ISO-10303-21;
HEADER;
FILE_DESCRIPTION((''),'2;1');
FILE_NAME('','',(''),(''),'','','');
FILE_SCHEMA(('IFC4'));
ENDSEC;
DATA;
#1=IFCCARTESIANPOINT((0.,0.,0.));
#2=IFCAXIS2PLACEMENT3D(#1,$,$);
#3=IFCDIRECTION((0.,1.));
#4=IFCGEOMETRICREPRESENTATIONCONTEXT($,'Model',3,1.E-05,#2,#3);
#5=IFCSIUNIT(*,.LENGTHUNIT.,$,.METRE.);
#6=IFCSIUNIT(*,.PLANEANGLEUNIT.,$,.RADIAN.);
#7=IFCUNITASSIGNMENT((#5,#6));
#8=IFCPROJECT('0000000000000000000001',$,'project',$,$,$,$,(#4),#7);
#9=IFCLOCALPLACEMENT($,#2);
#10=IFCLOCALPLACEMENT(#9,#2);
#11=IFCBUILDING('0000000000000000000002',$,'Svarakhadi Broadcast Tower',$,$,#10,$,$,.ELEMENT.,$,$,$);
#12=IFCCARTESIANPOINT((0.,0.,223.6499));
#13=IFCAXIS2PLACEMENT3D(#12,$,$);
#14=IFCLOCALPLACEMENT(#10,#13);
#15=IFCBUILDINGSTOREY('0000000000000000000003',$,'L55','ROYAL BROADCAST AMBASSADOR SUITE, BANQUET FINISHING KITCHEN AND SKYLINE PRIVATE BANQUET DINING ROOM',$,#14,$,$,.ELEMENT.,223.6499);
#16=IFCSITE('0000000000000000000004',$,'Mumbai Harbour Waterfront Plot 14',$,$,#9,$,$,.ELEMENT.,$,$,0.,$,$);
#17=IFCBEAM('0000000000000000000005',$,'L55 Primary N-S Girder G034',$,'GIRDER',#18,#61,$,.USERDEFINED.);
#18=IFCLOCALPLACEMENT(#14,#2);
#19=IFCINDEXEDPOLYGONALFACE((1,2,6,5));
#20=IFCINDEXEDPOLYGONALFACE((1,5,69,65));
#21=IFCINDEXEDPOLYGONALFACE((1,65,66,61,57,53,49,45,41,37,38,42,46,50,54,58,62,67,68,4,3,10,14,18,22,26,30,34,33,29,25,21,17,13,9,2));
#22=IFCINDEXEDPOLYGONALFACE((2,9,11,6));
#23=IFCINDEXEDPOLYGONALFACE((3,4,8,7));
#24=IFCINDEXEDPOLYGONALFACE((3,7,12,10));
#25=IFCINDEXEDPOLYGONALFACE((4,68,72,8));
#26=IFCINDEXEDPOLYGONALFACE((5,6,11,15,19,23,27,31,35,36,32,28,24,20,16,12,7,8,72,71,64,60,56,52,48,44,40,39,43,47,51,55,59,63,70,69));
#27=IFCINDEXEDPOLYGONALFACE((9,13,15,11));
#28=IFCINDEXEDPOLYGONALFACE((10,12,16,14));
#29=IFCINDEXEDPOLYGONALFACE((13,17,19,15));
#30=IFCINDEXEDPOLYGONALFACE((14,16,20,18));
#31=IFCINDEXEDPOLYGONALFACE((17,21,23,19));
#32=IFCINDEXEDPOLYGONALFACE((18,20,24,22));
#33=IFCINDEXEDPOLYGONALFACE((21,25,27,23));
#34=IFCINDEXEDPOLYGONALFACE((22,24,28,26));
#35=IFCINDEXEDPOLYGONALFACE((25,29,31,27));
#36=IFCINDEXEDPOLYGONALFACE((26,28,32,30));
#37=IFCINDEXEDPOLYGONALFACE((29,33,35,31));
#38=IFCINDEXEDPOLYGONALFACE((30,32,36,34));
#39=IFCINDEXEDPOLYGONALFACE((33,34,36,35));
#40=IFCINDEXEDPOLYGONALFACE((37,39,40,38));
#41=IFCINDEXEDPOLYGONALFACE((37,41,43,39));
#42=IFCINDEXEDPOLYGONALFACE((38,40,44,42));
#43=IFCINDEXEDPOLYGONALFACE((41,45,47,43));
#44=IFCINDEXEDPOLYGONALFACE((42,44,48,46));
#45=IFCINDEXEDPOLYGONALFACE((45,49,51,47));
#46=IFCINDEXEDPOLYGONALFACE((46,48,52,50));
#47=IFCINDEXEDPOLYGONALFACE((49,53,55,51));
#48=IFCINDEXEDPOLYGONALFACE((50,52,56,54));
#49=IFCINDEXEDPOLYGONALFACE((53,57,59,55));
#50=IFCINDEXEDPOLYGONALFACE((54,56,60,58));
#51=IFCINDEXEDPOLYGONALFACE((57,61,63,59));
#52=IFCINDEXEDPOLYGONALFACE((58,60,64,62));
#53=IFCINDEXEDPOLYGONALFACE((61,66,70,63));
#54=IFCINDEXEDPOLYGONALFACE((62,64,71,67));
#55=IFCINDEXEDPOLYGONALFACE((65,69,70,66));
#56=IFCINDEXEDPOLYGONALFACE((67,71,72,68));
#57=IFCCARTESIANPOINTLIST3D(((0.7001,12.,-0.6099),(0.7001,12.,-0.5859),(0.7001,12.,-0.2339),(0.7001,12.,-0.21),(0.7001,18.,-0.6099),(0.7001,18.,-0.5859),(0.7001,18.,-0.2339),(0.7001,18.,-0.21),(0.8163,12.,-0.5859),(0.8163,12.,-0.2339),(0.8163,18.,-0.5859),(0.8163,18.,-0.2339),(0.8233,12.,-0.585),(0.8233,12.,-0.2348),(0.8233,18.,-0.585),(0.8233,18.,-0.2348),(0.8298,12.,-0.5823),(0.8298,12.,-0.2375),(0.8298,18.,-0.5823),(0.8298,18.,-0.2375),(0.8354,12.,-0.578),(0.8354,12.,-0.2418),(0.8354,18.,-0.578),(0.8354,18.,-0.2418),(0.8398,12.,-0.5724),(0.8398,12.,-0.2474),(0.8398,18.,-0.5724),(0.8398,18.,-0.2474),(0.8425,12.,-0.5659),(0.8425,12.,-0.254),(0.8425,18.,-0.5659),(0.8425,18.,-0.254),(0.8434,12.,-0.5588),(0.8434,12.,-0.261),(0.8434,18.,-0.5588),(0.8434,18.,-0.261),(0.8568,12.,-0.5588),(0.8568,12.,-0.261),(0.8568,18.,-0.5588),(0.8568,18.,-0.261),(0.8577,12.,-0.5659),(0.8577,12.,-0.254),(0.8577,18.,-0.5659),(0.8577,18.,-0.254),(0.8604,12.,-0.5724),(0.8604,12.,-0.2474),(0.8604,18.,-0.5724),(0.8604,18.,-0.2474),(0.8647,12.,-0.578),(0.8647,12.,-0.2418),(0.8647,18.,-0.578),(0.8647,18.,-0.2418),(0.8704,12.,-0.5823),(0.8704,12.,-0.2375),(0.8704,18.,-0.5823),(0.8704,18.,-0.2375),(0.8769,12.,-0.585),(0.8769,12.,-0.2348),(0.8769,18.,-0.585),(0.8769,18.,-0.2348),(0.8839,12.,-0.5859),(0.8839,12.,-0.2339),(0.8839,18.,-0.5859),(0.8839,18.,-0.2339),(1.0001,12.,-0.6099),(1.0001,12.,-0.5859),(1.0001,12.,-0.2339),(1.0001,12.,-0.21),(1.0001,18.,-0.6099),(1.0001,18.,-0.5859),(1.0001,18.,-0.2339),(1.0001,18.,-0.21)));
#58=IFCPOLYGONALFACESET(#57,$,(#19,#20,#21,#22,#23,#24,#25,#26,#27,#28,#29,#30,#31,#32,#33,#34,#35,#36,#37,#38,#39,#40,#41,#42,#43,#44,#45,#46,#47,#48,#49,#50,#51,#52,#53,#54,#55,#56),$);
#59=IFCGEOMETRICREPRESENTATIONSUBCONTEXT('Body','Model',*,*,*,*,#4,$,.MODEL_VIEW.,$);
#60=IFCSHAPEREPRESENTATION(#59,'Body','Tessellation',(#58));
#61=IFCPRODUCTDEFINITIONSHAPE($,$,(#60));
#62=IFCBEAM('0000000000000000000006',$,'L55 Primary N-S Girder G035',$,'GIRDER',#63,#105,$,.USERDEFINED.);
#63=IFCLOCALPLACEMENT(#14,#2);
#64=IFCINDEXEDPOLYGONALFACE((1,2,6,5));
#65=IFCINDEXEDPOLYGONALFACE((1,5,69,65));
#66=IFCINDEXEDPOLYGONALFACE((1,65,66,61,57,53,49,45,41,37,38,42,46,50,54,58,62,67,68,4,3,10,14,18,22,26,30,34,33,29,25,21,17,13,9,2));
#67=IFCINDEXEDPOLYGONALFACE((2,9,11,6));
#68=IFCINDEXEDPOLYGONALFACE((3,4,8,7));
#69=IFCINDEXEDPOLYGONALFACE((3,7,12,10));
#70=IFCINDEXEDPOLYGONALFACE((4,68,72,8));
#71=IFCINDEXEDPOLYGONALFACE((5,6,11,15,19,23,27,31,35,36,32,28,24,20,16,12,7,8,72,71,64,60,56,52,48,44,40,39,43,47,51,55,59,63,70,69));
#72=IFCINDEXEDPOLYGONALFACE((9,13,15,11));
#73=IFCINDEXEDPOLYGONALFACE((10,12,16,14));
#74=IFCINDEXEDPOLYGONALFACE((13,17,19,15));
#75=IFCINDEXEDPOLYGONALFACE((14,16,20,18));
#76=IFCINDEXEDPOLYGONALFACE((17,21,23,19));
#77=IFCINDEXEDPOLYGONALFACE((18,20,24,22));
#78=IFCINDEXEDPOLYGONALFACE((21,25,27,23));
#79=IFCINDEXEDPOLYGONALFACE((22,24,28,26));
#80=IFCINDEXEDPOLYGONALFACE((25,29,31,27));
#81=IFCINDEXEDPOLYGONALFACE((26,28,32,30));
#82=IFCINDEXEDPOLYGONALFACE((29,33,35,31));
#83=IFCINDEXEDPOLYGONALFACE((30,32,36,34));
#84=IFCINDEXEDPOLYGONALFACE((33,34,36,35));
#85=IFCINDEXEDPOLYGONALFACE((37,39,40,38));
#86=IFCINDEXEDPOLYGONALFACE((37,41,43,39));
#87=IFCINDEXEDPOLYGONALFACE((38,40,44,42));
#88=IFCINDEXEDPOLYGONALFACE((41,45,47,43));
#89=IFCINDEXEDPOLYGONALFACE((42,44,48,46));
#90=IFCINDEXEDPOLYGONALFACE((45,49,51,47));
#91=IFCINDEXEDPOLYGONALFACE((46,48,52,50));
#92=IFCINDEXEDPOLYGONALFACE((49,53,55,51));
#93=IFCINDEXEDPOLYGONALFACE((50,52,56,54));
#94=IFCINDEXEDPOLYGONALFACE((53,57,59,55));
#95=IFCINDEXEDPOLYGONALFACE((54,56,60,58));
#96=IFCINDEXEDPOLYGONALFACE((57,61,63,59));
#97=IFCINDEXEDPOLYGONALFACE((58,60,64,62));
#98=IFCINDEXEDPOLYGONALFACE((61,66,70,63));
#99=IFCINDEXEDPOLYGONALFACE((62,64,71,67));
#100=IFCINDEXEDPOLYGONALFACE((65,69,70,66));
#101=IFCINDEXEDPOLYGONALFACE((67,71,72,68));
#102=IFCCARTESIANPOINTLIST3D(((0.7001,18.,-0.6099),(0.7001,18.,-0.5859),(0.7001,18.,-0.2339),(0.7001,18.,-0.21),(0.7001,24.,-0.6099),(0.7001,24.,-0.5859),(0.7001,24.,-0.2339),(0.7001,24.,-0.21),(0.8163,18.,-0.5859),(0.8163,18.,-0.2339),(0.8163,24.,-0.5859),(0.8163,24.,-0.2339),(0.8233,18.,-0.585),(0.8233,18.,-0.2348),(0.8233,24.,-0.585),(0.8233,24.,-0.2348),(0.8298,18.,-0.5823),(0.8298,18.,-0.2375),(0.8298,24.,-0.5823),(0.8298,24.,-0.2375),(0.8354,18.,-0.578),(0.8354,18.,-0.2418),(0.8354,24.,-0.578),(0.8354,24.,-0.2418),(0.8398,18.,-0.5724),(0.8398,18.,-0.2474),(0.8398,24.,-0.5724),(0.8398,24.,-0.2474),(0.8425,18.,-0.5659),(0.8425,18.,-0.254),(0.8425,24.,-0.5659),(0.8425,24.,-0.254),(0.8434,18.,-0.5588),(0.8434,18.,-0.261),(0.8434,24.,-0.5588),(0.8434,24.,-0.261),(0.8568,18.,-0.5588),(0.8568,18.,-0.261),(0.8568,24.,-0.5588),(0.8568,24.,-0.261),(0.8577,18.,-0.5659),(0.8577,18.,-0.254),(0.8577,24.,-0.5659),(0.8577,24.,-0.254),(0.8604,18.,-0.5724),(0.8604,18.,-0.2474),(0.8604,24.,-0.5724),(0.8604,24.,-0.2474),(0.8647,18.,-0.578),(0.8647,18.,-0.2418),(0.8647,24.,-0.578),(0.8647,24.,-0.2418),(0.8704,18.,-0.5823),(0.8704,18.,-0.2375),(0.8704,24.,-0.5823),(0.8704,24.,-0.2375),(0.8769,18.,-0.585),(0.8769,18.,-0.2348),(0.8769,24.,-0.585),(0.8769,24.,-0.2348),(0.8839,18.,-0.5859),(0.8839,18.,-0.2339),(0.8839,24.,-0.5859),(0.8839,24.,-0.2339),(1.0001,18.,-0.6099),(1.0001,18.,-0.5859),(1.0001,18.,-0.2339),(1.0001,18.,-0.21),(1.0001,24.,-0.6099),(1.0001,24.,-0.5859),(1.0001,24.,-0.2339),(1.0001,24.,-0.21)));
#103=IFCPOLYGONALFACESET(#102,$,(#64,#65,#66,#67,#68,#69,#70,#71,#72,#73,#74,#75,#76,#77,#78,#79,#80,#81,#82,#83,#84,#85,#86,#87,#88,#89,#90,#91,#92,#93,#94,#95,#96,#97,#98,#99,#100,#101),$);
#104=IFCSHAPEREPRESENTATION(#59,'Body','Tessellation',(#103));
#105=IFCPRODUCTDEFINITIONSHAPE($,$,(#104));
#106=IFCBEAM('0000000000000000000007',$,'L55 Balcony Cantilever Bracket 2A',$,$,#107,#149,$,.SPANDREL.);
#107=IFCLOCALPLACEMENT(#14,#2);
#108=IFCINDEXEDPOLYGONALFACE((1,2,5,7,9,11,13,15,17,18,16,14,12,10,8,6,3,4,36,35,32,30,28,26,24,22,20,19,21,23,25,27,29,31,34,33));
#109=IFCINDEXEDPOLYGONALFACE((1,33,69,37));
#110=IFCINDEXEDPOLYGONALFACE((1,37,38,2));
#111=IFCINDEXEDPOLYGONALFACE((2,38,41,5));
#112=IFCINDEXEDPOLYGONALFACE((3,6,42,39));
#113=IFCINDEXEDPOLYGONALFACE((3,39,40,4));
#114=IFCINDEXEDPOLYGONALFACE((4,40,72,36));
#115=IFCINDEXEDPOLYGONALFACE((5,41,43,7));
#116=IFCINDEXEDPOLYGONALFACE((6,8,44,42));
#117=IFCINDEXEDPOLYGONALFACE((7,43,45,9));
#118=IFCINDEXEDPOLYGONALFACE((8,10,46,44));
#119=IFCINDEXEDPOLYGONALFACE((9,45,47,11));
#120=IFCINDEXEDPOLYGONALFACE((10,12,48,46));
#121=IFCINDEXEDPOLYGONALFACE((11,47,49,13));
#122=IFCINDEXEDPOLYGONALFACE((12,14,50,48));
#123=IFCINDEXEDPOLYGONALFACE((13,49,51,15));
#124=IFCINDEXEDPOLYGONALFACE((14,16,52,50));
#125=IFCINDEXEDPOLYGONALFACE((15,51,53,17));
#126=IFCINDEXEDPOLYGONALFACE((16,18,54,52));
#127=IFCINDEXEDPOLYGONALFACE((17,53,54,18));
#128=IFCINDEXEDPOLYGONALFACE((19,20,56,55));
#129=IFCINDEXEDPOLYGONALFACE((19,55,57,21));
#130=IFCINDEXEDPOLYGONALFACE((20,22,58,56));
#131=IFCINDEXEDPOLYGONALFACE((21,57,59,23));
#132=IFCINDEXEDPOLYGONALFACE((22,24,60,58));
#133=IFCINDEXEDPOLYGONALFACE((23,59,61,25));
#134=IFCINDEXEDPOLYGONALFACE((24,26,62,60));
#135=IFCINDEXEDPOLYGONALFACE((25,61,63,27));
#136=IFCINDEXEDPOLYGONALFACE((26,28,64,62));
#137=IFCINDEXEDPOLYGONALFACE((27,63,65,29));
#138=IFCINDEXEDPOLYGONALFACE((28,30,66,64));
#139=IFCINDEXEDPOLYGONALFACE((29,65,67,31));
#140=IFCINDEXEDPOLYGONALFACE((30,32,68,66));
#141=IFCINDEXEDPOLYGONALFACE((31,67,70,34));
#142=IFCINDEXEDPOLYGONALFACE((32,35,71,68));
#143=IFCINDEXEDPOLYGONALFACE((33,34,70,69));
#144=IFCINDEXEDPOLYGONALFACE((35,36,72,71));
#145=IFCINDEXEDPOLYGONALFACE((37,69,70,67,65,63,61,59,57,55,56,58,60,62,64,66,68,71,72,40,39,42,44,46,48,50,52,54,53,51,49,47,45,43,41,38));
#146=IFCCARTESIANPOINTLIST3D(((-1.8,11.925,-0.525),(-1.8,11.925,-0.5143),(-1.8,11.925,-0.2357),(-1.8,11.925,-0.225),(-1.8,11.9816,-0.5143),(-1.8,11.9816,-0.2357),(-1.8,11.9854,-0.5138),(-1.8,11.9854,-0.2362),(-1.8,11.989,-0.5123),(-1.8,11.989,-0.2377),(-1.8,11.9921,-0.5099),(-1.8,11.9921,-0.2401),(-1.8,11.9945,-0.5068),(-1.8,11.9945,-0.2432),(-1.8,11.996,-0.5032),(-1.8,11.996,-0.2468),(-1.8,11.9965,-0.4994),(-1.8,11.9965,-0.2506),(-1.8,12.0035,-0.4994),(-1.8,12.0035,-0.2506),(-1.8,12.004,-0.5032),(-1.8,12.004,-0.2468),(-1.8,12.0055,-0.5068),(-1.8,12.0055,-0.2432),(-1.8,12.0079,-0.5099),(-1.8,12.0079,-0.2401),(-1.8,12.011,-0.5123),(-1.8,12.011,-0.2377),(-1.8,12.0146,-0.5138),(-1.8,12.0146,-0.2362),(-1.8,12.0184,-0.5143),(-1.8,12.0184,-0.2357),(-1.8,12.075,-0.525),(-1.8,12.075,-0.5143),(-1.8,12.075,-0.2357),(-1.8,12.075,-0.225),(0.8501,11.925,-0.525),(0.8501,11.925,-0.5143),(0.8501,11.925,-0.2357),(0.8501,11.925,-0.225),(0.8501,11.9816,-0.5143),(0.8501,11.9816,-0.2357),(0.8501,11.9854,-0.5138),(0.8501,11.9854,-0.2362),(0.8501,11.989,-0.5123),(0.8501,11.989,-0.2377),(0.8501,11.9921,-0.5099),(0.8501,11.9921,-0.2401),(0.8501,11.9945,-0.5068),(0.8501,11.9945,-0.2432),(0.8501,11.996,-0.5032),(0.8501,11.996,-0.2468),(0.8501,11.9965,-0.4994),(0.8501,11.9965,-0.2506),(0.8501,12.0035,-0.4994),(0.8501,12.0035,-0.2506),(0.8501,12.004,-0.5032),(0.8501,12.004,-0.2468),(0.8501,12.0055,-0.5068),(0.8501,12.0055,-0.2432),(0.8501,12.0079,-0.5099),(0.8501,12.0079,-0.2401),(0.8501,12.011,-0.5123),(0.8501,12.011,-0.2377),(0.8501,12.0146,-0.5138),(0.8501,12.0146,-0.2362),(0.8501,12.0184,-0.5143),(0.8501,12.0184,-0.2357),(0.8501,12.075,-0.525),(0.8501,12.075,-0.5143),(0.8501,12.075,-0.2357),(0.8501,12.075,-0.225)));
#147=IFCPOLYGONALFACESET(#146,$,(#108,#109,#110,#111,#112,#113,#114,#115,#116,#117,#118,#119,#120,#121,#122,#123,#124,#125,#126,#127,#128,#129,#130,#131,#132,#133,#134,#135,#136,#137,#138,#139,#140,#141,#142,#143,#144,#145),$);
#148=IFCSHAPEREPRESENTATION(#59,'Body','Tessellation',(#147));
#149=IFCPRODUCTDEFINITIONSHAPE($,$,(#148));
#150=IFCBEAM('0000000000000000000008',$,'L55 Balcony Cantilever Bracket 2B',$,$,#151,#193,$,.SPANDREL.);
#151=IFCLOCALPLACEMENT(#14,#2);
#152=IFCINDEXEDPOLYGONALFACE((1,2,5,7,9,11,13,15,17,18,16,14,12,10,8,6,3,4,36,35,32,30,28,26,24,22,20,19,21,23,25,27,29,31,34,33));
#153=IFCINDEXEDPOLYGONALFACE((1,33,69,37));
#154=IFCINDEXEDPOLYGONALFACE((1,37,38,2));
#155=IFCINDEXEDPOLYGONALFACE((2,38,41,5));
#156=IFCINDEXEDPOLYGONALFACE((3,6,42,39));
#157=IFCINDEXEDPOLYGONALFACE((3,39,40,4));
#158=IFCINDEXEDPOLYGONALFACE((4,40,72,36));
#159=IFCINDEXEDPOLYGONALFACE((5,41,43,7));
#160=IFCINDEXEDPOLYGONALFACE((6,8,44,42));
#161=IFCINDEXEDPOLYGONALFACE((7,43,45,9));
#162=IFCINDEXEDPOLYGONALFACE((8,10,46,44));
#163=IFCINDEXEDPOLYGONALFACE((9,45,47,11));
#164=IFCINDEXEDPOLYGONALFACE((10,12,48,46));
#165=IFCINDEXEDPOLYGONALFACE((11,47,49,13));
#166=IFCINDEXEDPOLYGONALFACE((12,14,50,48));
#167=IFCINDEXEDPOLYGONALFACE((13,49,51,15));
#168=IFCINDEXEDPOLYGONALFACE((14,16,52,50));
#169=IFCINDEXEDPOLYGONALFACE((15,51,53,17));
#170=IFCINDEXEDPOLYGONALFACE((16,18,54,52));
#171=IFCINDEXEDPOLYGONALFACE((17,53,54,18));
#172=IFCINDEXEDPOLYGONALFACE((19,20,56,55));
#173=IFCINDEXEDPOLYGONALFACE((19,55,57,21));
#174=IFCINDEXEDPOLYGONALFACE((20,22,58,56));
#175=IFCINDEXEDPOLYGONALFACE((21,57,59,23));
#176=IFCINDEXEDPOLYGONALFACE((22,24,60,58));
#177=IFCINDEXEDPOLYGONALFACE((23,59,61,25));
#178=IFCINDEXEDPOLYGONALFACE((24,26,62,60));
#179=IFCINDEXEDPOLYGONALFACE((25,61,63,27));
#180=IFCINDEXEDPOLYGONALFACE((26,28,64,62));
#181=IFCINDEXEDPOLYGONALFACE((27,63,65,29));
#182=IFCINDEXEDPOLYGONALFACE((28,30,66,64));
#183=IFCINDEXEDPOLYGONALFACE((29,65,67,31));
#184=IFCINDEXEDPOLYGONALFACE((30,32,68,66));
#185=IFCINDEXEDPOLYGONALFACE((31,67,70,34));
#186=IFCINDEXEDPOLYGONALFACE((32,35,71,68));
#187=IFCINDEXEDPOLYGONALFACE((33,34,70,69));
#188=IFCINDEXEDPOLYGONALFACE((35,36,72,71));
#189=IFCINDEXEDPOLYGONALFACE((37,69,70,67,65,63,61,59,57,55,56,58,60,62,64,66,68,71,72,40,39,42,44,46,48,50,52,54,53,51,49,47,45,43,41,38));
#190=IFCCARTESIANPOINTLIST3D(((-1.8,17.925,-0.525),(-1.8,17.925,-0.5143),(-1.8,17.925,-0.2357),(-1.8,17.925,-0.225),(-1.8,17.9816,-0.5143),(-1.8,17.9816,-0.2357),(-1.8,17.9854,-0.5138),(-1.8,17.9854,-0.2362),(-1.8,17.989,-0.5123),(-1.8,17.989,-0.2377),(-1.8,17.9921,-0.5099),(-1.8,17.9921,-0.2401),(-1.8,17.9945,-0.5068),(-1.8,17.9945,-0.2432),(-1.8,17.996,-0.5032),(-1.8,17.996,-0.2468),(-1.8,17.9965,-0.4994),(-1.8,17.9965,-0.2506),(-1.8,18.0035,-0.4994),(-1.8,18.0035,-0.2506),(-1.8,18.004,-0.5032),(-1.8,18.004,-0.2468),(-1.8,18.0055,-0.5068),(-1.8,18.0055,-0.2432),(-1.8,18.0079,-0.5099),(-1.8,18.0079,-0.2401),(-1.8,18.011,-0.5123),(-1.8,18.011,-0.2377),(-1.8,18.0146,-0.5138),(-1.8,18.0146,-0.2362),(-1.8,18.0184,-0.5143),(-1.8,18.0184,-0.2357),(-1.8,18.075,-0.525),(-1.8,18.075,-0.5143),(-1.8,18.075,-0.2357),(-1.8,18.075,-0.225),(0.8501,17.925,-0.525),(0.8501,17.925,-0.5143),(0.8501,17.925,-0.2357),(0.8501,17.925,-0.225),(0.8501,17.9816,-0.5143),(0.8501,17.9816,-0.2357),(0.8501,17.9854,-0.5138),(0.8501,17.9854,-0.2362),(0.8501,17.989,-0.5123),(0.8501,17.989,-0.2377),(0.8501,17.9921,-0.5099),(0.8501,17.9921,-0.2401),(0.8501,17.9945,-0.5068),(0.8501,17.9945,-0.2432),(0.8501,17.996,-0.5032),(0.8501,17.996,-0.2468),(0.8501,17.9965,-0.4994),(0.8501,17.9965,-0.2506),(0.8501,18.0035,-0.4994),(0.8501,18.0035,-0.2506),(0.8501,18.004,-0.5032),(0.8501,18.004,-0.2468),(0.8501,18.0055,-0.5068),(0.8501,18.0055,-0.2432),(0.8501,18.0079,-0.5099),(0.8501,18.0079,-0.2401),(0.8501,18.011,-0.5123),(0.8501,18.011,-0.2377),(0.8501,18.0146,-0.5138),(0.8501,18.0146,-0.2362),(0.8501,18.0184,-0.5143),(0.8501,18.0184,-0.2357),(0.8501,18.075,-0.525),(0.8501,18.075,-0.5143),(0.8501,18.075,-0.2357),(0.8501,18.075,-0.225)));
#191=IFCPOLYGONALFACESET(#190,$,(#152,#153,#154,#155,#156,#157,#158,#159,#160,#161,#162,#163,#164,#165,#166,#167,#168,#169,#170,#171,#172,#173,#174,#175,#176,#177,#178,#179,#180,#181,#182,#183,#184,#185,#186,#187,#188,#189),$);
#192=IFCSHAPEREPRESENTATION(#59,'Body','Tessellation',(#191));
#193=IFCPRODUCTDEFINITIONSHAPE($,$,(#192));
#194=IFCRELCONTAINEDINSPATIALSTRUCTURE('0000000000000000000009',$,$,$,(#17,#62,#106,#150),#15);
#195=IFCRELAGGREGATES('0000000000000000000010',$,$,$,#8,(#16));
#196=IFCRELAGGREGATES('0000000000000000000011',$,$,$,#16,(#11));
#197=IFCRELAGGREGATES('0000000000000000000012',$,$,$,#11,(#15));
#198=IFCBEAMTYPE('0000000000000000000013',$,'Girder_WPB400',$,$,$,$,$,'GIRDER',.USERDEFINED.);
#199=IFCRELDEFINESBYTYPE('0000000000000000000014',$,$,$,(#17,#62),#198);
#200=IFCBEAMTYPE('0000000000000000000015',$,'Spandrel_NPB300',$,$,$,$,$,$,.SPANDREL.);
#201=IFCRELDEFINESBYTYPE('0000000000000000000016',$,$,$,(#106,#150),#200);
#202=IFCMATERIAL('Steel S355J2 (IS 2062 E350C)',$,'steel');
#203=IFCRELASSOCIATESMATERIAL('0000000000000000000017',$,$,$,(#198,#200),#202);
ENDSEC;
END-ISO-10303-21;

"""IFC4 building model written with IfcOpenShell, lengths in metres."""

from ifc_helpers import new_model, si_unit, direction, frame, origin, origin_2d, place, context, subcontext, project, spatial, i_section, extrude, material, material_profile, profile_set, type_object, element, save


model = new_model("IFC4")

# Units and contexts
model_context = context("Model", 3, precision=1e-05, world=origin(), true_north=direction((0.0, 1.0)))
body_context = subcontext(model_context, "Body", "Model", "MODEL_VIEW")
ifc_project = project(units=[si_unit("LENGTHUNIT", "METRE"), si_unit("PLANEANGLEUNIT", "RADIAN")], contexts=[model_context])

# Site, building, storey
site_placement = place(None, origin())
site = spatial("IfcSite", under=ifc_project, at=site_placement, Name="Mumbai Harbour Waterfront Plot 14", CompositionType="ELEMENT", RefElevation=0.0)
building_placement = place(site_placement, origin())
building = spatial("IfcBuilding", under=site, at=building_placement, Name="Svarakhadi Broadcast Tower", CompositionType="ELEMENT")
storey_placement = place(building_placement, frame((0.0, 0.0, 223.6499)))
storey = spatial("IfcBuildingStorey", under=building, at=storey_placement, Name="L55", Description="ROYAL BROADCAST AMBASSADOR SUITE, BANQUET FINISHING KITCHEN AND SKYLINE PRIVATE BANQUET DINING ROOM", CompositionType="ELEMENT", Elevation=223.6499)

# Shared definitions
ifc_material_1 = material(Name="Steel S355J2 (IS 2062 E350C)", Category="steel")

# Beams
ifc_material_profile_1 = material_profile(ifc_material_1, i_section(OverallWidth=0.3, OverallDepth=0.3999, WebThickness=0.0134, FlangeThickness=0.0239, FilletRadius=0.0271, at=origin_2d()), Name="WPB 400x300x155")
ifc_profile_set_1 = profile_set([ifc_material_profile_1], Name="Steel S355J2 (IS 2062 E350C)")
beam_type_1 = type_object("IfcBeamType", Name="Girder_WPB400", ElementType="GIRDER", PredefinedType="USERDEFINED", material=ifc_profile_set_1)
for number, where, z_axis, x_axis, name in (
    (1, (0.8501, 12.0, -0.4099), (0.0, 1.0, 0.0), (-1.0, 0.0, 0.0), "L55 Primary N-S Girder G034"),
    (2, (0.8501, 18.0, -0.4099), (0.0, 1.0, 0.0), (-1.0, 0.0, 0.0), "L55 Primary N-S Girder G035"),
):
    element("IfcBeam", number, at=place(storey_placement, frame(where, z_axis=z_axis, x_axis=x_axis)), inside=storey, type_object=beam_type_1, Name=name, ObjectType="GIRDER", PredefinedType="USERDEFINED", context=body_context, shape_type="SweptSolid", body=[
        extrude(i_section(OverallWidth=0.3, OverallDepth=0.3999, WebThickness=0.0134, FlangeThickness=0.0239, FilletRadius=0.0271, at=origin_2d()), origin(), (0.0, 0.0, 1.0), 6.0),
    ])
ifc_material_profile_2 = material_profile(ifc_material_1, i_section(OverallWidth=0.1499, OverallDepth=0.3, WebThickness=0.0071, FlangeThickness=0.0107, FilletRadius=0.0149, at=origin_2d()), Name="NPB 300x150x37")
ifc_profile_set_2 = profile_set([ifc_material_profile_2], Name="Steel S355J2 (IS 2062 E350C)")
beam_type_2 = type_object("IfcBeamType", Name="Spandrel_NPB300", PredefinedType="SPANDREL", material=ifc_profile_set_2)
for number, where, z_axis, x_axis, name in (
    (3, (0.8501, 12.0, -0.375), (-1.0, 0.0, 0.0), (0.0, -1.0, 0.0), "L55 Balcony Cantilever Bracket 2A"),
    (4, (0.8501, 18.0, -0.375), (-1.0, 0.0, 0.0), (0.0, -1.0, 0.0), "L55 Balcony Cantilever Bracket 2B"),
):
    element("IfcBeam", number, at=place(storey_placement, frame(where, z_axis=z_axis, x_axis=x_axis)), inside=storey, type_object=beam_type_2, Name=name, PredefinedType="SPANDREL", context=body_context, shape_type="SweptSolid", body=[
        extrude(i_section(OverallWidth=0.1499, OverallDepth=0.3, WebThickness=0.0071, FlangeThickness=0.0107, FilletRadius=0.0149, at=origin_2d()), origin(), (0.0, 0.0, 1.0), 2.6501),
    ])

save(model, "model.ifc")
